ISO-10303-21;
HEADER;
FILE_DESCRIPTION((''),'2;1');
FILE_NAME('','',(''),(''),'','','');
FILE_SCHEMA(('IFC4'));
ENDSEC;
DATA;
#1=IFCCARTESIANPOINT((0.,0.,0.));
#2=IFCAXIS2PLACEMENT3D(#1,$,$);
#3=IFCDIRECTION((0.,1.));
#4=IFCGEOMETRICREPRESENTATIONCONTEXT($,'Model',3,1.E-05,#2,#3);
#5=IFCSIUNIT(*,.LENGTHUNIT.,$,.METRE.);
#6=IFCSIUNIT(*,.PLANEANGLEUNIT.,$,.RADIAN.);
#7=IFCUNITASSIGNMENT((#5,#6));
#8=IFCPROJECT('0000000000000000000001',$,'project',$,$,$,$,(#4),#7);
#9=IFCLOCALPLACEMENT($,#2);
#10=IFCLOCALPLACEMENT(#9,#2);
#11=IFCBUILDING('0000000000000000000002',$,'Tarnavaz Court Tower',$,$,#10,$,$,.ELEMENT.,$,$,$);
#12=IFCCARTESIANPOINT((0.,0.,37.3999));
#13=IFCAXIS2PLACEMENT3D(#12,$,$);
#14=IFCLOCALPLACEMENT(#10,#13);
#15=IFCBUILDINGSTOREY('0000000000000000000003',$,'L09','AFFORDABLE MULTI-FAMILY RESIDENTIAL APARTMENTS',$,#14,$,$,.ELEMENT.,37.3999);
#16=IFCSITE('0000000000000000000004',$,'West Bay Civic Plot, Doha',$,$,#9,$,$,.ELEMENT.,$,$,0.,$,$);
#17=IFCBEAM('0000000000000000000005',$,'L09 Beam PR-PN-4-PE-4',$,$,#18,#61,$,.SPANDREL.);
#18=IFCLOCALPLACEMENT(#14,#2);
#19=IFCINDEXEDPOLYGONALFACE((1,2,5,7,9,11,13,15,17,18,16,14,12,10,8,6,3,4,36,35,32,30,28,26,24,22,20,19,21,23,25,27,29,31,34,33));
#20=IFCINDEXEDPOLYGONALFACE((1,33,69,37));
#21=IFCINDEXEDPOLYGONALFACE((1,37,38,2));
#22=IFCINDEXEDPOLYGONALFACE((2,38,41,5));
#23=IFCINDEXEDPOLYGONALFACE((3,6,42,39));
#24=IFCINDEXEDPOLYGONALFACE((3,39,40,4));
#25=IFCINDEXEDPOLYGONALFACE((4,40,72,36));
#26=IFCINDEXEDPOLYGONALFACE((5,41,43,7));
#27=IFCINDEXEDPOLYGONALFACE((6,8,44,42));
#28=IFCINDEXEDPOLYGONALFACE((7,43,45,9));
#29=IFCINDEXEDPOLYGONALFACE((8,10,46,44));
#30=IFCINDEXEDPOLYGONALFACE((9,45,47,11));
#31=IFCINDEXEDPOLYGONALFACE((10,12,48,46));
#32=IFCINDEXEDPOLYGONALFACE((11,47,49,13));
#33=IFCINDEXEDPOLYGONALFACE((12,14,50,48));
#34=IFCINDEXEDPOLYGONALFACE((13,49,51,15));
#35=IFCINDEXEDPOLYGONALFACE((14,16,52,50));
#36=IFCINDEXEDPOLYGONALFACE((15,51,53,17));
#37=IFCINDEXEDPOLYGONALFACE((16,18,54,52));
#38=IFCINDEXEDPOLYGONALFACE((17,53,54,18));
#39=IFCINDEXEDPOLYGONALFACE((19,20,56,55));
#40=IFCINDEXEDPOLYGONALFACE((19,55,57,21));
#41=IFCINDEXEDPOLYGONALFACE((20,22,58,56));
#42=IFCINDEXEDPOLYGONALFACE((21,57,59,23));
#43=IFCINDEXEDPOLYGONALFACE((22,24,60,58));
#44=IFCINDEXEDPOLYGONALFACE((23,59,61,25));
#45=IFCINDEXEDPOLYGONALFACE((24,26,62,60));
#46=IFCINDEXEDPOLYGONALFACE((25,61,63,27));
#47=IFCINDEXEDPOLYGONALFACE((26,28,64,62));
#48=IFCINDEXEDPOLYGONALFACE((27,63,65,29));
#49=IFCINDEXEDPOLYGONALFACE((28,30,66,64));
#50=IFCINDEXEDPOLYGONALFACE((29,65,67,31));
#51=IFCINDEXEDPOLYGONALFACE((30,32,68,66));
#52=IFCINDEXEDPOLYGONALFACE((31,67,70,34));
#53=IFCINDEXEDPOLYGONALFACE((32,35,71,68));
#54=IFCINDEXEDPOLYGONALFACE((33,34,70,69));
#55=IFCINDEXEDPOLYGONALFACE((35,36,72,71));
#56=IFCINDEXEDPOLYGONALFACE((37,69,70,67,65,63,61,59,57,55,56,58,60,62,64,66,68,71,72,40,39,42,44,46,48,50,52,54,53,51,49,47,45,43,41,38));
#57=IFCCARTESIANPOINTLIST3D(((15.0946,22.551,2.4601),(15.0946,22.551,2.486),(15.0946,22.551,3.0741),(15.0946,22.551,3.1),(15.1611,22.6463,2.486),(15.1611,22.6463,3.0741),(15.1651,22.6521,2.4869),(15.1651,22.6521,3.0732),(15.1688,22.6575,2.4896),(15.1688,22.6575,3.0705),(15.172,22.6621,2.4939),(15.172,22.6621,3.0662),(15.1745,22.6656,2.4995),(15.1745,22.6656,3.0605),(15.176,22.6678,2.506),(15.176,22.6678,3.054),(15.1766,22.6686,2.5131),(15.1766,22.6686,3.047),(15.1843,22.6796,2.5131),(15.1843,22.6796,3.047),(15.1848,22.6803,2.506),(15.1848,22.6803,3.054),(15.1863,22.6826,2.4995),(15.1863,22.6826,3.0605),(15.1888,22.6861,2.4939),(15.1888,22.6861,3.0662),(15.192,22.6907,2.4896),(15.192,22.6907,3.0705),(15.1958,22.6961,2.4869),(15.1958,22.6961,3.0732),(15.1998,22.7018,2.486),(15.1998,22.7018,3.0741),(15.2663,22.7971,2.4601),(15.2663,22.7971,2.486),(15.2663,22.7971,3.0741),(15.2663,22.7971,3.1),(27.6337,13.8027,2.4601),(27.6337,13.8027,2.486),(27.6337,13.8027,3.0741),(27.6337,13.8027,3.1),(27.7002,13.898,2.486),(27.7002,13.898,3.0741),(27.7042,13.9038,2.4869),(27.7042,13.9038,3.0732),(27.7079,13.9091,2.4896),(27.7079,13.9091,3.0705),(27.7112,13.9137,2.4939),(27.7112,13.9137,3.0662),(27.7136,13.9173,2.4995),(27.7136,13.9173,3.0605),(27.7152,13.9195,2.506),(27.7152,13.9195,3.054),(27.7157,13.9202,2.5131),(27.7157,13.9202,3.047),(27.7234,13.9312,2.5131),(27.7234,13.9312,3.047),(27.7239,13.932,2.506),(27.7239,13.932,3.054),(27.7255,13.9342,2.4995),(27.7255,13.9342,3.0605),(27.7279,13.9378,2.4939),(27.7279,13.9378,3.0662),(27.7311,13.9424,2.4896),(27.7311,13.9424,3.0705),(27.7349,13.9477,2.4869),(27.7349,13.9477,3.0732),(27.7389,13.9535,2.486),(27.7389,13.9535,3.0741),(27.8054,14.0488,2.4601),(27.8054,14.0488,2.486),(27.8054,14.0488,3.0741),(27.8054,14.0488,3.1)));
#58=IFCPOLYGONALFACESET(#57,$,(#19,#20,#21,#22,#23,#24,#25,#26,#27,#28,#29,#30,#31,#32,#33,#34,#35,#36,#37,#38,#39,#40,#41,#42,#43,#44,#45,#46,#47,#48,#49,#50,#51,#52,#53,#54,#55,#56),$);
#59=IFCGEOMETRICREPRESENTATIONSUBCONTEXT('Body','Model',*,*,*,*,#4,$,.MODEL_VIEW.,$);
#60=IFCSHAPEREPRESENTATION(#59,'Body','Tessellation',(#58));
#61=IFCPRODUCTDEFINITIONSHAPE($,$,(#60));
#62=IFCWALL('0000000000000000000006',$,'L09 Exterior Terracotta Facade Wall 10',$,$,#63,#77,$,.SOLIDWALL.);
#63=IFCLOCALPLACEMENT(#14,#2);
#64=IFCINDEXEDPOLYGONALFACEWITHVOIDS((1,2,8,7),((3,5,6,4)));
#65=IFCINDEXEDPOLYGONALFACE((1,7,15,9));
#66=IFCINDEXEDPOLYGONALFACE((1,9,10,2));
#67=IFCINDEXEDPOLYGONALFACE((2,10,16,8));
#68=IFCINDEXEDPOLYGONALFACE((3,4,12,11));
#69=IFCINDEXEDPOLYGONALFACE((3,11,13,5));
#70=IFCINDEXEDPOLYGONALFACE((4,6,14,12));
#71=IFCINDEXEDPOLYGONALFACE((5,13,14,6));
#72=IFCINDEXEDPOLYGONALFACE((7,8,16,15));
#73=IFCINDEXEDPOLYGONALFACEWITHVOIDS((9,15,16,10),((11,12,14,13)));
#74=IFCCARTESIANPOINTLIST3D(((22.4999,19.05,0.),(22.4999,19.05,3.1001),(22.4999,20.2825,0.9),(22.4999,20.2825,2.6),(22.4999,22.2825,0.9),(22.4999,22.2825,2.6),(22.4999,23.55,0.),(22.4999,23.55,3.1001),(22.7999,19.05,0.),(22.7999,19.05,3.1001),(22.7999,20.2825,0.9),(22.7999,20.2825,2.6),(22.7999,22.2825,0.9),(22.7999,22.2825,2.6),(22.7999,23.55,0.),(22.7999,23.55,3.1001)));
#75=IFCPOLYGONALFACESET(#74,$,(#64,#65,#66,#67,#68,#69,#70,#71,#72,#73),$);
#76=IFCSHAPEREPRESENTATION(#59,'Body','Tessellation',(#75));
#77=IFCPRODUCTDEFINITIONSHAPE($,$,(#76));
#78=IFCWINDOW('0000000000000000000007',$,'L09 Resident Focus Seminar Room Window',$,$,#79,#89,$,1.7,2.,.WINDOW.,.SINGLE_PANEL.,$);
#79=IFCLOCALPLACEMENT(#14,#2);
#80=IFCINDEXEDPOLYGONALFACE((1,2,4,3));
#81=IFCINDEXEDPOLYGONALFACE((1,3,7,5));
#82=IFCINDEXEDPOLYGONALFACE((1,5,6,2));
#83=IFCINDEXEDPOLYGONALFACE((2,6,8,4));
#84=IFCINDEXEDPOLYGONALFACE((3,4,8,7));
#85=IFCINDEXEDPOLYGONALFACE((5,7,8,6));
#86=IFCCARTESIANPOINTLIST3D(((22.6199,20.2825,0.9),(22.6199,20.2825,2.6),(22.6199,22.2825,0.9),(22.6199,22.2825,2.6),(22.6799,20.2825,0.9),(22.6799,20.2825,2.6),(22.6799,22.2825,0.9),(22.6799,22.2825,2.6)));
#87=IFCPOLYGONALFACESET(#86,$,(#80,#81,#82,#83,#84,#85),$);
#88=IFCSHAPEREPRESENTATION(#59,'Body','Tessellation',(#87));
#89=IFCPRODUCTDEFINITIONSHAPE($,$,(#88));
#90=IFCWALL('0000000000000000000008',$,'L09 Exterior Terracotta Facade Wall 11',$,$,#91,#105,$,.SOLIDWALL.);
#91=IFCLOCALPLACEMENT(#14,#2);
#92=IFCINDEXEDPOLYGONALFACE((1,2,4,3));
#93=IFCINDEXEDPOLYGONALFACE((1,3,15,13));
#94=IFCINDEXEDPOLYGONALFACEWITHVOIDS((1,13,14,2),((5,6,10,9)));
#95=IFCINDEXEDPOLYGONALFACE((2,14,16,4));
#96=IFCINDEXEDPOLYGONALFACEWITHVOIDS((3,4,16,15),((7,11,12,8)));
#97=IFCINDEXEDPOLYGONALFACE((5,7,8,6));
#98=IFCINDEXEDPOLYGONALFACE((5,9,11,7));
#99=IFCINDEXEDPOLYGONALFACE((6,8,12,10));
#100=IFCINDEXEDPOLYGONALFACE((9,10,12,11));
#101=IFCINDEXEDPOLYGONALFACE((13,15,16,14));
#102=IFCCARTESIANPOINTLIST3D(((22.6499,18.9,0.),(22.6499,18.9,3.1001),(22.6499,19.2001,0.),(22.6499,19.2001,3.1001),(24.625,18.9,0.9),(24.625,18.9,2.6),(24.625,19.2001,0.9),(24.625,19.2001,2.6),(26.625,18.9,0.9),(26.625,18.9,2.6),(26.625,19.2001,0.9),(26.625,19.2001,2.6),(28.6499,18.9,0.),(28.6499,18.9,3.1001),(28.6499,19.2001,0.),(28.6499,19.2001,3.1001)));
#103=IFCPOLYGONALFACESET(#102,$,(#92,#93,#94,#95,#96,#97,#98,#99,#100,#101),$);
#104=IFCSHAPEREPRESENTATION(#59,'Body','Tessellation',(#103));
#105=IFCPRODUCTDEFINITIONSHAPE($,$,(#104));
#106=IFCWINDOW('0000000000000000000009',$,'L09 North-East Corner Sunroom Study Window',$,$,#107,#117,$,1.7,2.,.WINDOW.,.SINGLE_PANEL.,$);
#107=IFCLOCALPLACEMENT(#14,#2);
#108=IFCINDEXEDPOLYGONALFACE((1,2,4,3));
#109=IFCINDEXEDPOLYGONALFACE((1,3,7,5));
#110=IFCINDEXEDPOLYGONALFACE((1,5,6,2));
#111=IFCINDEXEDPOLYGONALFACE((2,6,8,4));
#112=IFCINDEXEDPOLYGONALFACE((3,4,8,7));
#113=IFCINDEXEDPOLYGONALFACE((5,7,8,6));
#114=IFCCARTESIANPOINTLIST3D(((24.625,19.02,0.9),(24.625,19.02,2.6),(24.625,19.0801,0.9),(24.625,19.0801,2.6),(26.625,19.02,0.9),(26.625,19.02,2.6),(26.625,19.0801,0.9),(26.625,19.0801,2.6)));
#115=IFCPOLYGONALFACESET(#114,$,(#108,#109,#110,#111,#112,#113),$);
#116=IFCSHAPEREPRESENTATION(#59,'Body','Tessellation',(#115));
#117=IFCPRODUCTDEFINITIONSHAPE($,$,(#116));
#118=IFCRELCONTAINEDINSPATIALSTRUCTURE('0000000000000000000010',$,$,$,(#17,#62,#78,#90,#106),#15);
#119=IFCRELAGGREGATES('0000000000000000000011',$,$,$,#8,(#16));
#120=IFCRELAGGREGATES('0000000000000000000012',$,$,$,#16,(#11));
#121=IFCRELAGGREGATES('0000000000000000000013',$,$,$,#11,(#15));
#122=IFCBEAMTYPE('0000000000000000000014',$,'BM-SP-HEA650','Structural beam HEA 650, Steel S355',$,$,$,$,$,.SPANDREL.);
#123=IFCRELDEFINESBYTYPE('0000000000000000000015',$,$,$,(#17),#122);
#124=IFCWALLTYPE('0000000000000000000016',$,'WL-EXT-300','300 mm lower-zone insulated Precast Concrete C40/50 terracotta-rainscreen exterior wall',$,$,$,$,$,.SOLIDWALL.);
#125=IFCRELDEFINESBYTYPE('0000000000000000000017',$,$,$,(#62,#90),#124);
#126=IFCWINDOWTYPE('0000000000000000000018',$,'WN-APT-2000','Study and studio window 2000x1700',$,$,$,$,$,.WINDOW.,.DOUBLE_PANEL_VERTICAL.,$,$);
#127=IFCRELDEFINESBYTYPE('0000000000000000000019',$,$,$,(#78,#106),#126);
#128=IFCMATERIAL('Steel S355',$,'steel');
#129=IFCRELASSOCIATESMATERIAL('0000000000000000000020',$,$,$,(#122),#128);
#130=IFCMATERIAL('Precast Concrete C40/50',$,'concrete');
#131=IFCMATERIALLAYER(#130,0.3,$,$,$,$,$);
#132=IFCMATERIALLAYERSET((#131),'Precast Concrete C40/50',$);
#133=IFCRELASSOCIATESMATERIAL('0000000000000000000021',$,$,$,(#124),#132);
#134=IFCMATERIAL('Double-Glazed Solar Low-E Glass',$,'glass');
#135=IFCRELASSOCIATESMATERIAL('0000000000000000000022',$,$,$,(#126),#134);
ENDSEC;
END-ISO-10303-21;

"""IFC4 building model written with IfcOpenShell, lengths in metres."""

from ifc_helpers import new_model, si_unit, direction, frame, frame_2d, origin, origin_2d, place, context, subcontext, project, spatial, rectangle, i_section, extrude, material, layer, layer_set, material_profile, profile_set, type_object, element, fill, save


model = new_model("IFC4")

# Units and contexts
model_context = context("Model", 3, precision=1e-05, world=origin(), true_north=direction((0.0, 1.0)))
body_context = subcontext(model_context, "Body", "Model", "MODEL_VIEW")
ifc_project = project(units=[si_unit("LENGTHUNIT", "METRE"), si_unit("PLANEANGLEUNIT", "RADIAN")], contexts=[model_context])

# Site, building, storey
site_placement = place(None, origin())
site = spatial("IfcSite", under=ifc_project, at=site_placement, Name="West Bay Civic Plot, Doha", CompositionType="ELEMENT", RefElevation=0.0)
building_placement = place(site_placement, origin())
building = spatial("IfcBuilding", under=site, at=building_placement, Name="Tarnavaz Court Tower", CompositionType="ELEMENT")
storey_placement = place(building_placement, frame((0.0, 0.0, 37.3999)))
storey = spatial("IfcBuildingStorey", under=building, at=storey_placement, Name="L09", Description="AFFORDABLE MULTI-FAMILY RESIDENTIAL APARTMENTS", CompositionType="ELEMENT", Elevation=37.3999)

# Beam
ifc_material_1 = material(Name="Steel S355", Category="steel")
ifc_material_profile_1 = material_profile(ifc_material_1, i_section(OverallWidth=0.3, OverallDepth=0.6399, WebThickness=0.0134, FlangeThickness=0.0259, FilletRadius=0.0271, at=origin_2d()), Name="HEA 650")
ifc_profile_set_1 = profile_set([ifc_material_profile_1], Name="Steel S355")
beam_type_1 = type_object("IfcBeamType", Name="BM-SP-HEA650", Description="Structural beam HEA 650, Steel S355", PredefinedType="SPANDREL", material=ifc_profile_set_1)
beam_1_placement = place(storey_placement, frame((15.1804, 22.6741, 2.78), z_axis=(0.820124, -0.572186, 0.0), x_axis=(0.572186, 0.820124, 0.0)))
element("IfcBeam", 1, at=beam_1_placement, inside=storey, type_object=beam_type_1, Name="L09 Beam PR-PN-4-PE-4", PredefinedType="SPANDREL", context=body_context, shape_type="SweptSolid", body=[
    extrude(i_section(OverallWidth=0.3, OverallDepth=0.6399, WebThickness=0.0134, FlangeThickness=0.0259, FilletRadius=0.0271, at=origin_2d()), origin(), (0.0, 0.0, 1.0), 15.2893),
])

# Walls, openings, windows
ifc_material_2 = material(Name="Precast Concrete C40/50", Category="concrete")
ifc_layer_1 = layer(ifc_material_2, 0.3)
ifc_layer_set_1 = layer_set([ifc_layer_1], Name="Precast Concrete C40/50")
wall_type_1 = type_object("IfcWallType", Name="WL-EXT-300", Description="300 mm lower-zone insulated Precast Concrete C40/50 terracotta-rainscreen exterior wall", PredefinedType="SOLIDWALL", material=ifc_layer_set_1)
wall_1_placement = place(storey_placement, frame((22.6499, 23.55, 0.0), z_axis=(0.0, 0.0, 1.0), x_axis=(0.0, -1.0, 0.0)))
wall_1 = element("IfcWall", 2, at=wall_1_placement, inside=storey, type_object=wall_type_1, Name="L09 Exterior Terracotta Facade Wall 10", PredefinedType="SOLIDWALL", context=body_context, shape_type="SweptSolid", body=[
    extrude(rectangle(XDim=4.5, YDim=0.3, at=frame_2d((2.25, 0.0))), origin(), (0.0, 0.0, 1.0), 3.1001),
])
opening_1_placement = place(wall_1_placement, frame((1.2676, 0.0, 0.8999)))
opening_1 = element("IfcOpeningElement", 3, at=opening_1_placement, cuts=wall_1, PredefinedType="OPENING", context=body_context, shape_type="SweptSolid", body=[
    extrude(rectangle(XDim=2.0, YDim=1.7, at=frame_2d((1.0, 0.8501))), frame((0.0, 0.1599, 0.0), z_axis=(0.0, -1.0, 0.0), x_axis=(1.0, 0.0, 0.0)), (0.0, 0.0, 1.0), 0.3201),
])
ifc_material_3 = material(Name="Double-Glazed Solar Low-E Glass", Category="glass")
window_type_1 = type_object("IfcWindowType", Name="WN-APT-2000", Description="Study and studio window 2000x1700", PartitioningType="DOUBLE_PANEL_VERTICAL", PredefinedType="WINDOW", material=ifc_material_3)
window_1_placement = place(opening_1_placement, origin())
window_1 = element("IfcWindow", 4, at=window_1_placement, inside=storey, type_object=window_type_1, Name="L09 Resident Focus Seminar Room Window", OverallHeight=1.7, OverallWidth=2.0, PartitioningType="SINGLE_PANEL", PredefinedType="WINDOW", context=body_context, shape_type="SweptSolid", body=[
    extrude(rectangle(XDim=2.0, YDim=1.7, at=frame_2d((1.0, 0.8501))), frame((0.0, 0.03, 0.0), z_axis=(0.0, -1.0, 0.0), x_axis=(1.0, 0.0, 0.0)), (0.0, 0.0, 1.0), 0.0601),
])
fill(opening_1, window_1)
wall_2_placement = place(storey_placement, frame((22.6499, 19.05, 0.0), z_axis=(0.0, 0.0, 1.0), x_axis=(1.0, 0.0, 0.0)))
wall_2 = element("IfcWall", 5, at=wall_2_placement, inside=storey, type_object=wall_type_1, Name="L09 Exterior Terracotta Facade Wall 11", PredefinedType="SOLIDWALL", context=body_context, shape_type="SweptSolid", body=[
    extrude(rectangle(XDim=6.0, YDim=0.3, at=frame_2d((3.0, 0.0))), origin(), (0.0, 0.0, 1.0), 3.1001),
])
opening_2_placement = place(wall_2_placement, frame((1.9751, 0.0, 0.8999)))
opening_2 = element("IfcOpeningElement", 6, at=opening_2_placement, cuts=wall_2, PredefinedType="OPENING", context=body_context, shape_type="SweptSolid", body=[
    extrude(rectangle(XDim=2.0, YDim=1.7, at=frame_2d((1.0, 0.8501))), frame((0.0, 0.1599, 0.0), z_axis=(0.0, -1.0, 0.0), x_axis=(1.0, 0.0, 0.0)), (0.0, 0.0, 1.0), 0.3201),
])
window_2_placement = place(opening_2_placement, origin())
window_2 = element("IfcWindow", 7, at=window_2_placement, inside=storey, type_object=window_type_1, Name="L09 North-East Corner Sunroom Study Window", OverallHeight=1.7, OverallWidth=2.0, PartitioningType="SINGLE_PANEL", PredefinedType="WINDOW", context=body_context, shape_type="SweptSolid", body=[
    extrude(rectangle(XDim=2.0, YDim=1.7, at=frame_2d((1.0, 0.8501))), frame((0.0, 0.03, 0.0), z_axis=(0.0, -1.0, 0.0), x_axis=(1.0, 0.0, 0.0)), (0.0, 0.0, 1.0), 0.0601),
])
fill(opening_2, window_2)

save(model, "model.ifc")
